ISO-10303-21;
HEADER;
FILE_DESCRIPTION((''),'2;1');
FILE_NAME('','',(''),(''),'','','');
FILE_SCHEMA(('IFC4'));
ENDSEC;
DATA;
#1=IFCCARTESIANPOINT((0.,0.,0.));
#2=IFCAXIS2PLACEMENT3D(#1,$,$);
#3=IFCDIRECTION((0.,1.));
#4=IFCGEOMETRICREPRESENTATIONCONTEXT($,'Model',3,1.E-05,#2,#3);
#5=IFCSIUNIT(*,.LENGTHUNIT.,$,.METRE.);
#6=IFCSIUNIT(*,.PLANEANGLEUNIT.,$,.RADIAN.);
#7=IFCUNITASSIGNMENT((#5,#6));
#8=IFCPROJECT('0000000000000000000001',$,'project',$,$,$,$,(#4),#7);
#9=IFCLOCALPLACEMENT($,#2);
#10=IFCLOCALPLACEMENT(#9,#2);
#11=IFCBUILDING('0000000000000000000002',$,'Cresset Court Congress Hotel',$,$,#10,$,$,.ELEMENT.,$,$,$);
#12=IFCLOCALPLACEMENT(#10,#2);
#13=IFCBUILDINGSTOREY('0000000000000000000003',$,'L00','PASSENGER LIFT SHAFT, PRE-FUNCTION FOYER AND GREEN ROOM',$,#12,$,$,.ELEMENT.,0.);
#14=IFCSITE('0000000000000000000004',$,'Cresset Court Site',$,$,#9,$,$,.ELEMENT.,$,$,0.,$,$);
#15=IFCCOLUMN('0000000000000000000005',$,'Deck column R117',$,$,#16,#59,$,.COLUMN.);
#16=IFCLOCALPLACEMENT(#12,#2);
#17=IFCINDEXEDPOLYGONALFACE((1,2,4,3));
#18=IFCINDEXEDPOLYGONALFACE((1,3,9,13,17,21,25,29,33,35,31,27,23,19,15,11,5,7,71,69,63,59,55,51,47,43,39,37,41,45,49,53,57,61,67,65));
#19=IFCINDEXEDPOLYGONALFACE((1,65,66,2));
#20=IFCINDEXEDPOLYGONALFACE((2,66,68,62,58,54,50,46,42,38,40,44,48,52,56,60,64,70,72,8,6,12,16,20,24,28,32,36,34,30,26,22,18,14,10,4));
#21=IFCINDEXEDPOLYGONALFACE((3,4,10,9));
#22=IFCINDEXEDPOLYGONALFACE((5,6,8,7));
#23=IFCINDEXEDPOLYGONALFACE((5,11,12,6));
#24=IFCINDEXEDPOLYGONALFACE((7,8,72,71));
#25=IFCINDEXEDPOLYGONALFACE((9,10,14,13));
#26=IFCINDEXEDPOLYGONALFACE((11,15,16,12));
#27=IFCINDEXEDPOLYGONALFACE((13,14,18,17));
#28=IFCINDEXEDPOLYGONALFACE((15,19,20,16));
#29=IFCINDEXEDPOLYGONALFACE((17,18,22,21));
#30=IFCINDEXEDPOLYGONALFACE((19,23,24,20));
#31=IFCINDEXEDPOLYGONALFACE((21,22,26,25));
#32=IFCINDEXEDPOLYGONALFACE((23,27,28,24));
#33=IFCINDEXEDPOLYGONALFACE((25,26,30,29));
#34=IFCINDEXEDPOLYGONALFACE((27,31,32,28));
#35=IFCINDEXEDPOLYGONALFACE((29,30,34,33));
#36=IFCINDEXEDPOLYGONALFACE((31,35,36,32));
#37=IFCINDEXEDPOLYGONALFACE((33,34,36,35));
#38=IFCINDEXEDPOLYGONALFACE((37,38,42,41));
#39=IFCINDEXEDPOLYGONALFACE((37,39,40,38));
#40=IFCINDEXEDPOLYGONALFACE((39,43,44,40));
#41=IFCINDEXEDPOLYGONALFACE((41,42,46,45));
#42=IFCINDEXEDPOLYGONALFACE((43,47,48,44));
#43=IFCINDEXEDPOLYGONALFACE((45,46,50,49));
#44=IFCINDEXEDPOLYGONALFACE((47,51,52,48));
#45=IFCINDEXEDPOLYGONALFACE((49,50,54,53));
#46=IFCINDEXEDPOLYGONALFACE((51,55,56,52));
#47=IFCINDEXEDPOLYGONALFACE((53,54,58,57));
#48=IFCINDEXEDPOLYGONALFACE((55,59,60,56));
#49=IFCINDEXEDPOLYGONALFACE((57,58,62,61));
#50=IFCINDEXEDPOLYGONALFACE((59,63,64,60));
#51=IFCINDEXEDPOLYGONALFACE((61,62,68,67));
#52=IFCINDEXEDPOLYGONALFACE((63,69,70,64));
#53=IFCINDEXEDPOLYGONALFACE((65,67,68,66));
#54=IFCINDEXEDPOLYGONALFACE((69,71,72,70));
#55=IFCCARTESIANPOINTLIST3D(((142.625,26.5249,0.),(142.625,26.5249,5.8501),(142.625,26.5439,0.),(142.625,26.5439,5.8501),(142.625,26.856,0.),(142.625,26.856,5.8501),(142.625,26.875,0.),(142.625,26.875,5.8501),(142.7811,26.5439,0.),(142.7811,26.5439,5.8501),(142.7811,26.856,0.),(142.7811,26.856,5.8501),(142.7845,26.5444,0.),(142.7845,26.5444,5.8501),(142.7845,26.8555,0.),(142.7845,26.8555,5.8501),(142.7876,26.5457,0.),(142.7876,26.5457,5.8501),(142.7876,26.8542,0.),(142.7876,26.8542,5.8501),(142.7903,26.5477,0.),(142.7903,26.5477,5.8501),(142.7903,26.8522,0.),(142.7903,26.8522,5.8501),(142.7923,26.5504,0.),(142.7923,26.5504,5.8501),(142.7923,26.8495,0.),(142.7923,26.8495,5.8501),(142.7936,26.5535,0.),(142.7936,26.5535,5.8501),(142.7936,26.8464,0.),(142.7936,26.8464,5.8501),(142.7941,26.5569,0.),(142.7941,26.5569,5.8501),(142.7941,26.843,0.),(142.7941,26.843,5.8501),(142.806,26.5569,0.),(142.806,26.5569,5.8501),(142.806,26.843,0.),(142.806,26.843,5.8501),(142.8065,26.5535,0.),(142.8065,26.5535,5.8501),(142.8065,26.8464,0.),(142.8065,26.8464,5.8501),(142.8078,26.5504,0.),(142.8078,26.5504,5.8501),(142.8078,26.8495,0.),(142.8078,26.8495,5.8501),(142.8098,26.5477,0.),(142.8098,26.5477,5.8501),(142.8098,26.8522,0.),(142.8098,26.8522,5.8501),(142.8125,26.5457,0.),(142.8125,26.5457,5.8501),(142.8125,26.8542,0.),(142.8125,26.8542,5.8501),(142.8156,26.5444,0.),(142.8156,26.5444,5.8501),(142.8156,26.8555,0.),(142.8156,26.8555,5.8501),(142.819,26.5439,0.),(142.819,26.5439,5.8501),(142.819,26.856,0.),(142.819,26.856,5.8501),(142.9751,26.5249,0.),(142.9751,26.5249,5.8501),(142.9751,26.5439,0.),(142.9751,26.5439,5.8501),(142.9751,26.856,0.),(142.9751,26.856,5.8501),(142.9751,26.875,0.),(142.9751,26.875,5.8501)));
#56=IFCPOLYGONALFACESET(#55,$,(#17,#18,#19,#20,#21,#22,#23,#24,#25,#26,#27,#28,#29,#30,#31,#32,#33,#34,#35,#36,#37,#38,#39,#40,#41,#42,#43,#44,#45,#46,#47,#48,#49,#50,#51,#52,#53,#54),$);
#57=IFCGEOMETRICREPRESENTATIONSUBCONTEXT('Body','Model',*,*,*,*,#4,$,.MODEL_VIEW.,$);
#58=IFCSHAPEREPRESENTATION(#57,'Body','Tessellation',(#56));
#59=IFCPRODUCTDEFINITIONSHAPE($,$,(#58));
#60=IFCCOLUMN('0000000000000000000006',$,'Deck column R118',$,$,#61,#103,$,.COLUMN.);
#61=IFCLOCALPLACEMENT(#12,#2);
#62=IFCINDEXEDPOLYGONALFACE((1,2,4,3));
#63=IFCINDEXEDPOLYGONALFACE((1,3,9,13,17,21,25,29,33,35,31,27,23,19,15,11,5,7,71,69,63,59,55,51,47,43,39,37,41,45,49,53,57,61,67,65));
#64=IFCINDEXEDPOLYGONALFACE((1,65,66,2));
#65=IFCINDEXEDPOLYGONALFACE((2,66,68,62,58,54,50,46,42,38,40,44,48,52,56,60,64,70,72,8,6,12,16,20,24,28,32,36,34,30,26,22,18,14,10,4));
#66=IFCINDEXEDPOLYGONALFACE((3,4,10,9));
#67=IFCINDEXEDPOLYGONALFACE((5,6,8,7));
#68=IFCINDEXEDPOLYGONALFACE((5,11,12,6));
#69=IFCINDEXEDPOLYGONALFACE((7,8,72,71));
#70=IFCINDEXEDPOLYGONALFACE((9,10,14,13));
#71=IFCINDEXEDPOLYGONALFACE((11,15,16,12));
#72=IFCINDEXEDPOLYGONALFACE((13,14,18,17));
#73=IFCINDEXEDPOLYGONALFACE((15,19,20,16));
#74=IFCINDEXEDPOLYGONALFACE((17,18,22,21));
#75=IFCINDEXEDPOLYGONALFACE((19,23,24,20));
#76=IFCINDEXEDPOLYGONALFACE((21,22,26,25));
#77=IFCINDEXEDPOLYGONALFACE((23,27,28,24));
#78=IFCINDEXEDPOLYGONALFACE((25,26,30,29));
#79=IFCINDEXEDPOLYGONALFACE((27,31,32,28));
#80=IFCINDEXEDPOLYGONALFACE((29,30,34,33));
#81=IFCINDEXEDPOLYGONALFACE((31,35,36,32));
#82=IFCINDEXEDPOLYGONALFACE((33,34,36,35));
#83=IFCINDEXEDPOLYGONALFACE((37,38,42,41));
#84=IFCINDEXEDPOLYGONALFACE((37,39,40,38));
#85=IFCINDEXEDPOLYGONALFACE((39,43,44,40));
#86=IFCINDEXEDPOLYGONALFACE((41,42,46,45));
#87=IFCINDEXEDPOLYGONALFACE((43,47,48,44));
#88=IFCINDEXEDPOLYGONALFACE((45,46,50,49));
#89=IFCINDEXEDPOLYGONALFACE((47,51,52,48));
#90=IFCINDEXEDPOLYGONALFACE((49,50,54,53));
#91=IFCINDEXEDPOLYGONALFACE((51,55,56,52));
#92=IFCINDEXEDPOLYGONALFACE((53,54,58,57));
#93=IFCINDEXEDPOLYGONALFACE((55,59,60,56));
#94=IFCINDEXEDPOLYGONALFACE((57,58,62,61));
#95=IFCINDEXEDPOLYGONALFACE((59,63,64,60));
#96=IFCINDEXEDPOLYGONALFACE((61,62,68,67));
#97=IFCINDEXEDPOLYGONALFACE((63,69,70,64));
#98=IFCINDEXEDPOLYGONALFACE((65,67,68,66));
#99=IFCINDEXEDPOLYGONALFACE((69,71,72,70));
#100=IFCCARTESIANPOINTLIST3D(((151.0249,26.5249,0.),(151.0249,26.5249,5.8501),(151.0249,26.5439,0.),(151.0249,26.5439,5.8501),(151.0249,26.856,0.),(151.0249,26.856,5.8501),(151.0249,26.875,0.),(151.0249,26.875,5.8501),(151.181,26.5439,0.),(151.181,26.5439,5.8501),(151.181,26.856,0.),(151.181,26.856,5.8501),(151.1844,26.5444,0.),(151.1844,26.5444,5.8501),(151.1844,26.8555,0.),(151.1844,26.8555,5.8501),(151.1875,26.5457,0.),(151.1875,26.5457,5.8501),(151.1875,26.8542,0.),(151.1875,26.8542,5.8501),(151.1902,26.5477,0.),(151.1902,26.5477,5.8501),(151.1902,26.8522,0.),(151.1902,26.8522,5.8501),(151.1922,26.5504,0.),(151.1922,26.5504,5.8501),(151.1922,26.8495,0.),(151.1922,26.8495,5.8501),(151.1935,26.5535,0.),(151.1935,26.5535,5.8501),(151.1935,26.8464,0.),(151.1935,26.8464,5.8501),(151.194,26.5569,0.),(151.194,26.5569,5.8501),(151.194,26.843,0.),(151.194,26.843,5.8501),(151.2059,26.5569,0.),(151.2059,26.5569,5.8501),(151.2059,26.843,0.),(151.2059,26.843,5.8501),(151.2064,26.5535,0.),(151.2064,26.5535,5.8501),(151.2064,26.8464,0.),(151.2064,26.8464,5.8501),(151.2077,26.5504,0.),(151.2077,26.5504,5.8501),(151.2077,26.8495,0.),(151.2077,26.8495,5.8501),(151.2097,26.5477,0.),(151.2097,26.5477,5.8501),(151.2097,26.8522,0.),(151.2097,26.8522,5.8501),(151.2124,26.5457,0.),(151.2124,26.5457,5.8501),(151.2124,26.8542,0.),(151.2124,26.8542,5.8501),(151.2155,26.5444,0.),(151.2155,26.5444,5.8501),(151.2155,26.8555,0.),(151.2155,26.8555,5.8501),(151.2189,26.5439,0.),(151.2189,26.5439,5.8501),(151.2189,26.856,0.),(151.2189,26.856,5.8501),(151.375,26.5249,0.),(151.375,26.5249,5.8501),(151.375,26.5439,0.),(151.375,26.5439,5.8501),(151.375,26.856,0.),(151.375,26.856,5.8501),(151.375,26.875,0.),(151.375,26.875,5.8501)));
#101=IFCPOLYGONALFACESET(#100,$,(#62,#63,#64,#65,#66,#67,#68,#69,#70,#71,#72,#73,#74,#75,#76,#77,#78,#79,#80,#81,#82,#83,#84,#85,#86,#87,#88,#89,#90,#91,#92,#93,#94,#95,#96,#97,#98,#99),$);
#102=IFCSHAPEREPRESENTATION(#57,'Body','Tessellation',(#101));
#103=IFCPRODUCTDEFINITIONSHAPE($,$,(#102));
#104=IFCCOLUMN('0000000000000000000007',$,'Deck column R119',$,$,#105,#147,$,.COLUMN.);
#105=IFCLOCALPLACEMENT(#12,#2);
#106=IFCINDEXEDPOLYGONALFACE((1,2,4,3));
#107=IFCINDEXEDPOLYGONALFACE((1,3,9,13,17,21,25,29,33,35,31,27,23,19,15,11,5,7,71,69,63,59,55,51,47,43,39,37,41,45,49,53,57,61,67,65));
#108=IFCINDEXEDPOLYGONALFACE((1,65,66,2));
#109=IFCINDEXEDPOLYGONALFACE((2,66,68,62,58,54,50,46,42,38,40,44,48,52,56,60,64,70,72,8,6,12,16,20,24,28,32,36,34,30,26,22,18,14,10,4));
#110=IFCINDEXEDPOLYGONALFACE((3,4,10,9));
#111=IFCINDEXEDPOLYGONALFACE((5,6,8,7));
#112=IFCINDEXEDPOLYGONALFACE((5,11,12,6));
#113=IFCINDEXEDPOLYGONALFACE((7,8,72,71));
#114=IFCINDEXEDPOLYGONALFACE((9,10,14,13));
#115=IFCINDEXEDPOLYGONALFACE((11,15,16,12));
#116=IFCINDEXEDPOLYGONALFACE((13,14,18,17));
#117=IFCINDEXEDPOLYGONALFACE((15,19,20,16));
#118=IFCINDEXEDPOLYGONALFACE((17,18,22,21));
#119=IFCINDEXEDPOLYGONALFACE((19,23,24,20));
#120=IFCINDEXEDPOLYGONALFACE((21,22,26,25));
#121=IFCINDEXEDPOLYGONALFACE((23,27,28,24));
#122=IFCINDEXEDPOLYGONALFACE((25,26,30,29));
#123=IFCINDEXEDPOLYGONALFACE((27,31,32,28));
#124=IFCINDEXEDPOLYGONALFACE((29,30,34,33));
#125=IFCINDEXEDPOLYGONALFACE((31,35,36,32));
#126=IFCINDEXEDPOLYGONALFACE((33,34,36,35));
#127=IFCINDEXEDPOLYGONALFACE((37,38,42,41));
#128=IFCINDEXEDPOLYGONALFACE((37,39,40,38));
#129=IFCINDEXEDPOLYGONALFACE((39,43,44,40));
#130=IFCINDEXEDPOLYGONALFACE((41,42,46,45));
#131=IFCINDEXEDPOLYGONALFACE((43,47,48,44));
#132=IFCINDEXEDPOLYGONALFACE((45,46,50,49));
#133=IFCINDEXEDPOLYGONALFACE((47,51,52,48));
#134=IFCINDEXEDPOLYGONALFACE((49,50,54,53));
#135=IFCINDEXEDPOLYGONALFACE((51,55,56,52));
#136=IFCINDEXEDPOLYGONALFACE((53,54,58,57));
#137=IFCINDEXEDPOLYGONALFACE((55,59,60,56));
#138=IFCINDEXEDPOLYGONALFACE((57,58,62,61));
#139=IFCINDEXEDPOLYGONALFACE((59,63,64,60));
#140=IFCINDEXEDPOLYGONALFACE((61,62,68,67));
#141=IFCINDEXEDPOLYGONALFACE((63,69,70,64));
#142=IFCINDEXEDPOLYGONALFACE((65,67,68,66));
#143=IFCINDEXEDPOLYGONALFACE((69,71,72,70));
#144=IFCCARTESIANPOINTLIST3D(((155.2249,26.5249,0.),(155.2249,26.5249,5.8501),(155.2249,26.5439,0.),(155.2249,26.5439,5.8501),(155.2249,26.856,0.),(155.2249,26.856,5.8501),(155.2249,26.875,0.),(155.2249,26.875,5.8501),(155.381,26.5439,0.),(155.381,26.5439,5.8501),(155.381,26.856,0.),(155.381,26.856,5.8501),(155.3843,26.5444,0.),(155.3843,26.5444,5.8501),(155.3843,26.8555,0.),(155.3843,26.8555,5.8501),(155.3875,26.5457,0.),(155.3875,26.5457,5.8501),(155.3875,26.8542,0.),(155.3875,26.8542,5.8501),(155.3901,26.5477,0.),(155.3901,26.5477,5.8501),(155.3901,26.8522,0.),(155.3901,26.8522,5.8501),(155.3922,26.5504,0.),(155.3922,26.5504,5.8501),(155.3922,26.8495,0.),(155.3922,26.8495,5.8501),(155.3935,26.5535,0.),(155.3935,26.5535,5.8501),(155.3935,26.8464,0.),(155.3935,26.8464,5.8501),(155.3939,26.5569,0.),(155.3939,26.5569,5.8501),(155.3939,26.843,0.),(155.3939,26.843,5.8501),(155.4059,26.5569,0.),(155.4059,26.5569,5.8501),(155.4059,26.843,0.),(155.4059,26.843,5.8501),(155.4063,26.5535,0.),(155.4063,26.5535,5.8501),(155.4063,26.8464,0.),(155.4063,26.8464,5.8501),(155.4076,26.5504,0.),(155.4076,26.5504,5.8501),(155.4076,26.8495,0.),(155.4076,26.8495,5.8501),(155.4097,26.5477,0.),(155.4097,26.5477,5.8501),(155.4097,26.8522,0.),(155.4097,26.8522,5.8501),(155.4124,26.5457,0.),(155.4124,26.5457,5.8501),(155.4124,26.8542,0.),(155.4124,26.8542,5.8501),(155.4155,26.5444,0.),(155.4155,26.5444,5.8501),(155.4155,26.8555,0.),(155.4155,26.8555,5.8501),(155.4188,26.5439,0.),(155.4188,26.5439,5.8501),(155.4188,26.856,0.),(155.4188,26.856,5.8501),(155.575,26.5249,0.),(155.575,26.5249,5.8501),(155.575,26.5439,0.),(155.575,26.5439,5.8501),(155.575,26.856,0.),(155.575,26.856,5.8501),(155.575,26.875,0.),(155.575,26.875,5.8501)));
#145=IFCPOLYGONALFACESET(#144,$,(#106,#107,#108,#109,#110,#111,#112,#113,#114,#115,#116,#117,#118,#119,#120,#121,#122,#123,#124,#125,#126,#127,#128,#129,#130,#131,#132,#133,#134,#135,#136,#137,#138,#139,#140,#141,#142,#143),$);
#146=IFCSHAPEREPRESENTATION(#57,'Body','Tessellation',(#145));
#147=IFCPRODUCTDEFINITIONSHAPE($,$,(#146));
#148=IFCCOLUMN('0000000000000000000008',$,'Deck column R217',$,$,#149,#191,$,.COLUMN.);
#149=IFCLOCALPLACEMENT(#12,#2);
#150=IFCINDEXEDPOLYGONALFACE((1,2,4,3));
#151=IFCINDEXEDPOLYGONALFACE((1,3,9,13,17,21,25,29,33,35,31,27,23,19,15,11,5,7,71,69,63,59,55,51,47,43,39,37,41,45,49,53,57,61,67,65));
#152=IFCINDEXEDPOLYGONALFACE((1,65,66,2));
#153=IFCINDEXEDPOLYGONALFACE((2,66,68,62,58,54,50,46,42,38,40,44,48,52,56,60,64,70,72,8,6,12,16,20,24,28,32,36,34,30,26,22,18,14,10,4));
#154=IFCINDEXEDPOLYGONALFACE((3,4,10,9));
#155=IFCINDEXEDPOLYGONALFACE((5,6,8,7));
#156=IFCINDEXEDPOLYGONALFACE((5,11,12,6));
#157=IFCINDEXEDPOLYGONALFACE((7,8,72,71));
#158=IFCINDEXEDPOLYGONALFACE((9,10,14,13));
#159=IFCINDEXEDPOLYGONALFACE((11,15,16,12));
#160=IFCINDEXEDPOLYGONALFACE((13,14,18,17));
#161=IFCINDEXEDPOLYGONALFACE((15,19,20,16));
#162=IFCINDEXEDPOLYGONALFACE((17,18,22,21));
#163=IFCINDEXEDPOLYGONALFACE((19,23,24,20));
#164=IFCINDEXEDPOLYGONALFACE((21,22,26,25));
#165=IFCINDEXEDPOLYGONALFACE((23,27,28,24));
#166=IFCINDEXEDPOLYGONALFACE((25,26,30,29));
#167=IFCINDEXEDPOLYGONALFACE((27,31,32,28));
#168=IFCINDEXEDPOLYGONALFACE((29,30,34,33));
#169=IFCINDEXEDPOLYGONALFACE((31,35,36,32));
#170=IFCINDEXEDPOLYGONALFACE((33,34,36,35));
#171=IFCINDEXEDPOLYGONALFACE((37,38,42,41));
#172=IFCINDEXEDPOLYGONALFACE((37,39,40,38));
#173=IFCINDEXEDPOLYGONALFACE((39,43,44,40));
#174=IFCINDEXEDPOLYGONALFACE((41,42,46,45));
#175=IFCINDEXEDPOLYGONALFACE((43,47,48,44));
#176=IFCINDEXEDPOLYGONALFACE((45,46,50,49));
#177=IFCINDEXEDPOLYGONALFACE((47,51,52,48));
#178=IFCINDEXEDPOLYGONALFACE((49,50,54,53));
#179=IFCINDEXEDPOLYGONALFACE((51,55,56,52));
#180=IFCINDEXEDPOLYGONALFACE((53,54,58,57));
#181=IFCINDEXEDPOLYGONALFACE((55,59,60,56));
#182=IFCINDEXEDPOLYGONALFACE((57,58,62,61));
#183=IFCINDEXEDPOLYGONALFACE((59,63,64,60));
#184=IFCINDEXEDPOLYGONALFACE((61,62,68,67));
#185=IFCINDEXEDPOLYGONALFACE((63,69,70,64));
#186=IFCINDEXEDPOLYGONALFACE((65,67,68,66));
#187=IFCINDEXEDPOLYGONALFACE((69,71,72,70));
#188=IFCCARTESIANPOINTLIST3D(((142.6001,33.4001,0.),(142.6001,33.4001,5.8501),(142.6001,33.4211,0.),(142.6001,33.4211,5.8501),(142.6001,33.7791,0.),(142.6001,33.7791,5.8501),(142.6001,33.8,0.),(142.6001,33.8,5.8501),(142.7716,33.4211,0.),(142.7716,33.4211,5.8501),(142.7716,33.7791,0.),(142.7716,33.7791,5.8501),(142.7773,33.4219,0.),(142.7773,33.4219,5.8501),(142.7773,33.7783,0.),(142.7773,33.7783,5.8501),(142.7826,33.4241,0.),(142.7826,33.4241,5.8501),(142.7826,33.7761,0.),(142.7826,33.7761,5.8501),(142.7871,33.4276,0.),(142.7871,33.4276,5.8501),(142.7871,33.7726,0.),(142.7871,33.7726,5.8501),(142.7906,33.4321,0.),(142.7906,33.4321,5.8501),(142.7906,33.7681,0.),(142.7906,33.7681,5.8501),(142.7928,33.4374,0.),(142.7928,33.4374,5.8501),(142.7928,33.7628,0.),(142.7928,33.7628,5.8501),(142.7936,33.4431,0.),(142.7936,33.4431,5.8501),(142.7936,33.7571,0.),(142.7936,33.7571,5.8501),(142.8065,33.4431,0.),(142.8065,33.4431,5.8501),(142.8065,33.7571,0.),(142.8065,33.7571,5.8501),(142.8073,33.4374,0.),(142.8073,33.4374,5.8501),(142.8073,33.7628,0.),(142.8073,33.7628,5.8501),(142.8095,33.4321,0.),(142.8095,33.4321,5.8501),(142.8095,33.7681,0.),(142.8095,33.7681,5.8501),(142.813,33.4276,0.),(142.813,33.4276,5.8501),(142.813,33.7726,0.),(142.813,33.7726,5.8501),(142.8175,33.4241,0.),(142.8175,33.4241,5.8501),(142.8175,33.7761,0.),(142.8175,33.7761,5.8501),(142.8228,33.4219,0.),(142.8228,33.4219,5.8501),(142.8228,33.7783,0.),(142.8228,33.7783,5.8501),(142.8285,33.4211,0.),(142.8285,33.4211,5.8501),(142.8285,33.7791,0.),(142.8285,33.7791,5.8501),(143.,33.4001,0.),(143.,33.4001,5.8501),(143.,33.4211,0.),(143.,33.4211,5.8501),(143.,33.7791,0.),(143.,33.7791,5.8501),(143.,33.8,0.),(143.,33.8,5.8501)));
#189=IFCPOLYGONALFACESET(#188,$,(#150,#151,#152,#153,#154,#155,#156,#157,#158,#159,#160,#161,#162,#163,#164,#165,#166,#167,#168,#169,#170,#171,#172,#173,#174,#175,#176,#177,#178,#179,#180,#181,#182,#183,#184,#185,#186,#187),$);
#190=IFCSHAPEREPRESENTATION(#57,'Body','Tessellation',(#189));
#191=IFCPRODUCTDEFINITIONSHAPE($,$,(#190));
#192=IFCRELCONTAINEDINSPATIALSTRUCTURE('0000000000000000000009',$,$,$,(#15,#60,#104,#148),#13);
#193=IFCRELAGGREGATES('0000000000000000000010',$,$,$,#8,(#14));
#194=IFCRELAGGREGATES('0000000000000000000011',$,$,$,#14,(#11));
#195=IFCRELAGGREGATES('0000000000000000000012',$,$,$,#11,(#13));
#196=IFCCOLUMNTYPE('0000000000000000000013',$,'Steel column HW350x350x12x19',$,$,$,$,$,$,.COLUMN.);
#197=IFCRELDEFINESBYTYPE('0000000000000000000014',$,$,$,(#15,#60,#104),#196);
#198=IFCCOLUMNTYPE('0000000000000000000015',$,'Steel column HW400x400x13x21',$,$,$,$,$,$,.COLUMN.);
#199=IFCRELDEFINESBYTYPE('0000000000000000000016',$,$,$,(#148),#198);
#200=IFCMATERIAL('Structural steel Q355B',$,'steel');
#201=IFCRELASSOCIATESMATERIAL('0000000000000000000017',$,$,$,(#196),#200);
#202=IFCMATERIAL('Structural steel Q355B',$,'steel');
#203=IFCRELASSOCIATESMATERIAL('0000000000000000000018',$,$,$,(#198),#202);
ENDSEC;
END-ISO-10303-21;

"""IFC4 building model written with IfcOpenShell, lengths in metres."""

from ifc_helpers import new_model, si_unit, direction, frame, origin, origin_2d, place, context, subcontext, project, spatial, i_section, extrude, material, material_profile, profile_set, type_object, element, save


model = new_model("IFC4")

# Units and contexts
model_context = context("Model", 3, precision=1e-05, world=origin(), true_north=direction((0.0, 1.0)))
body_context = subcontext(model_context, "Body", "Model", "MODEL_VIEW")
ifc_project = project(units=[si_unit("LENGTHUNIT", "METRE"), si_unit("PLANEANGLEUNIT", "RADIAN")], contexts=[model_context])

# Site, building, storey
site_placement = place(None, origin())
site = spatial("IfcSite", under=ifc_project, at=site_placement, Name="Cresset Court Site", CompositionType="ELEMENT", RefElevation=0.0)
building_placement = place(site_placement, origin())
building = spatial("IfcBuilding", under=site, at=building_placement, Name="Cresset Court Congress Hotel", CompositionType="ELEMENT")
storey_placement = place(building_placement, origin())
storey = spatial("IfcBuildingStorey", under=building, at=storey_placement, Name="L00", Description="PASSENGER LIFT SHAFT, PRE-FUNCTION FOYER AND GREEN ROOM", CompositionType="ELEMENT", Elevation=0.0)

# Columns
ifc_material_1 = material(Name="Structural steel Q355B", Category="steel")
ifc_material_profile_1 = material_profile(ifc_material_1, i_section(OverallWidth=0.3501, OverallDepth=0.3501, WebThickness=0.012, FlangeThickness=0.019, FilletRadius=0.0129, at=origin_2d()), Name="HW350x350x12x19")
ifc_profile_set_1 = profile_set([ifc_material_profile_1], Name="Structural steel Q355B")
column_type_1 = type_object("IfcColumnType", Name="Steel column HW350x350x12x19", PredefinedType="COLUMN", material=ifc_profile_set_1)
for number, where, z_axis, x_axis, name in (
    (1, (142.8, 26.7, 0.0), (0.0, 0.0, 1.0), (1.0, 0.0, 0.0), "Deck column R117"),
    (2, (151.2, 26.7, 0.0), (0.0, 0.0, 1.0), (1.0, 0.0, 0.0), "Deck column R118"),
    (3, (155.3999, 26.7, 0.0), (0.0, 0.0, 1.0), (1.0, 0.0, 0.0), "Deck column R119"),
):
    element("IfcColumn", number, at=place(storey_placement, frame(where, z_axis=z_axis, x_axis=x_axis)), inside=storey, type_object=column_type_1, Name=name, PredefinedType="COLUMN", context=body_context, shape_type="SweptSolid", body=[
        extrude(i_section(OverallWidth=0.3501, OverallDepth=0.3501, WebThickness=0.012, FlangeThickness=0.019, FilletRadius=0.0129, at=origin_2d()), origin(), (0.0, 0.0, 1.0), 5.8501),
    ])
ifc_material_2 = material(Name="Structural steel Q355B", Category="steel")
ifc_material_profile_2 = material_profile(ifc_material_2, i_section(OverallWidth=0.3999, OverallDepth=0.3999, WebThickness=0.0129, FlangeThickness=0.021, FilletRadius=0.022, at=origin_2d()), Name="HW400x400x13x21")
ifc_profile_set_2 = profile_set([ifc_material_profile_2], Name="Structural steel Q355B")
column_type_2 = type_object("IfcColumnType", Name="Steel column HW400x400x13x21", PredefinedType="COLUMN", material=ifc_profile_set_2)
for number, where, z_axis, x_axis, name in (
    (4, (142.8, 33.6001, 0.0), (0.0, 0.0, 1.0), (1.0, 0.0, 0.0), "Deck column R217"),
):
    element("IfcColumn", number, at=place(storey_placement, frame(where, z_axis=z_axis, x_axis=x_axis)), inside=storey, type_object=column_type_2, Name=name, PredefinedType="COLUMN", context=body_context, shape_type="SweptSolid", body=[
        extrude(i_section(OverallWidth=0.3999, OverallDepth=0.3999, WebThickness=0.0129, FlangeThickness=0.021, FilletRadius=0.022, at=origin_2d()), origin(), (0.0, 0.0, 1.0), 5.8501),
    ])

save(model, "model.ifc")
